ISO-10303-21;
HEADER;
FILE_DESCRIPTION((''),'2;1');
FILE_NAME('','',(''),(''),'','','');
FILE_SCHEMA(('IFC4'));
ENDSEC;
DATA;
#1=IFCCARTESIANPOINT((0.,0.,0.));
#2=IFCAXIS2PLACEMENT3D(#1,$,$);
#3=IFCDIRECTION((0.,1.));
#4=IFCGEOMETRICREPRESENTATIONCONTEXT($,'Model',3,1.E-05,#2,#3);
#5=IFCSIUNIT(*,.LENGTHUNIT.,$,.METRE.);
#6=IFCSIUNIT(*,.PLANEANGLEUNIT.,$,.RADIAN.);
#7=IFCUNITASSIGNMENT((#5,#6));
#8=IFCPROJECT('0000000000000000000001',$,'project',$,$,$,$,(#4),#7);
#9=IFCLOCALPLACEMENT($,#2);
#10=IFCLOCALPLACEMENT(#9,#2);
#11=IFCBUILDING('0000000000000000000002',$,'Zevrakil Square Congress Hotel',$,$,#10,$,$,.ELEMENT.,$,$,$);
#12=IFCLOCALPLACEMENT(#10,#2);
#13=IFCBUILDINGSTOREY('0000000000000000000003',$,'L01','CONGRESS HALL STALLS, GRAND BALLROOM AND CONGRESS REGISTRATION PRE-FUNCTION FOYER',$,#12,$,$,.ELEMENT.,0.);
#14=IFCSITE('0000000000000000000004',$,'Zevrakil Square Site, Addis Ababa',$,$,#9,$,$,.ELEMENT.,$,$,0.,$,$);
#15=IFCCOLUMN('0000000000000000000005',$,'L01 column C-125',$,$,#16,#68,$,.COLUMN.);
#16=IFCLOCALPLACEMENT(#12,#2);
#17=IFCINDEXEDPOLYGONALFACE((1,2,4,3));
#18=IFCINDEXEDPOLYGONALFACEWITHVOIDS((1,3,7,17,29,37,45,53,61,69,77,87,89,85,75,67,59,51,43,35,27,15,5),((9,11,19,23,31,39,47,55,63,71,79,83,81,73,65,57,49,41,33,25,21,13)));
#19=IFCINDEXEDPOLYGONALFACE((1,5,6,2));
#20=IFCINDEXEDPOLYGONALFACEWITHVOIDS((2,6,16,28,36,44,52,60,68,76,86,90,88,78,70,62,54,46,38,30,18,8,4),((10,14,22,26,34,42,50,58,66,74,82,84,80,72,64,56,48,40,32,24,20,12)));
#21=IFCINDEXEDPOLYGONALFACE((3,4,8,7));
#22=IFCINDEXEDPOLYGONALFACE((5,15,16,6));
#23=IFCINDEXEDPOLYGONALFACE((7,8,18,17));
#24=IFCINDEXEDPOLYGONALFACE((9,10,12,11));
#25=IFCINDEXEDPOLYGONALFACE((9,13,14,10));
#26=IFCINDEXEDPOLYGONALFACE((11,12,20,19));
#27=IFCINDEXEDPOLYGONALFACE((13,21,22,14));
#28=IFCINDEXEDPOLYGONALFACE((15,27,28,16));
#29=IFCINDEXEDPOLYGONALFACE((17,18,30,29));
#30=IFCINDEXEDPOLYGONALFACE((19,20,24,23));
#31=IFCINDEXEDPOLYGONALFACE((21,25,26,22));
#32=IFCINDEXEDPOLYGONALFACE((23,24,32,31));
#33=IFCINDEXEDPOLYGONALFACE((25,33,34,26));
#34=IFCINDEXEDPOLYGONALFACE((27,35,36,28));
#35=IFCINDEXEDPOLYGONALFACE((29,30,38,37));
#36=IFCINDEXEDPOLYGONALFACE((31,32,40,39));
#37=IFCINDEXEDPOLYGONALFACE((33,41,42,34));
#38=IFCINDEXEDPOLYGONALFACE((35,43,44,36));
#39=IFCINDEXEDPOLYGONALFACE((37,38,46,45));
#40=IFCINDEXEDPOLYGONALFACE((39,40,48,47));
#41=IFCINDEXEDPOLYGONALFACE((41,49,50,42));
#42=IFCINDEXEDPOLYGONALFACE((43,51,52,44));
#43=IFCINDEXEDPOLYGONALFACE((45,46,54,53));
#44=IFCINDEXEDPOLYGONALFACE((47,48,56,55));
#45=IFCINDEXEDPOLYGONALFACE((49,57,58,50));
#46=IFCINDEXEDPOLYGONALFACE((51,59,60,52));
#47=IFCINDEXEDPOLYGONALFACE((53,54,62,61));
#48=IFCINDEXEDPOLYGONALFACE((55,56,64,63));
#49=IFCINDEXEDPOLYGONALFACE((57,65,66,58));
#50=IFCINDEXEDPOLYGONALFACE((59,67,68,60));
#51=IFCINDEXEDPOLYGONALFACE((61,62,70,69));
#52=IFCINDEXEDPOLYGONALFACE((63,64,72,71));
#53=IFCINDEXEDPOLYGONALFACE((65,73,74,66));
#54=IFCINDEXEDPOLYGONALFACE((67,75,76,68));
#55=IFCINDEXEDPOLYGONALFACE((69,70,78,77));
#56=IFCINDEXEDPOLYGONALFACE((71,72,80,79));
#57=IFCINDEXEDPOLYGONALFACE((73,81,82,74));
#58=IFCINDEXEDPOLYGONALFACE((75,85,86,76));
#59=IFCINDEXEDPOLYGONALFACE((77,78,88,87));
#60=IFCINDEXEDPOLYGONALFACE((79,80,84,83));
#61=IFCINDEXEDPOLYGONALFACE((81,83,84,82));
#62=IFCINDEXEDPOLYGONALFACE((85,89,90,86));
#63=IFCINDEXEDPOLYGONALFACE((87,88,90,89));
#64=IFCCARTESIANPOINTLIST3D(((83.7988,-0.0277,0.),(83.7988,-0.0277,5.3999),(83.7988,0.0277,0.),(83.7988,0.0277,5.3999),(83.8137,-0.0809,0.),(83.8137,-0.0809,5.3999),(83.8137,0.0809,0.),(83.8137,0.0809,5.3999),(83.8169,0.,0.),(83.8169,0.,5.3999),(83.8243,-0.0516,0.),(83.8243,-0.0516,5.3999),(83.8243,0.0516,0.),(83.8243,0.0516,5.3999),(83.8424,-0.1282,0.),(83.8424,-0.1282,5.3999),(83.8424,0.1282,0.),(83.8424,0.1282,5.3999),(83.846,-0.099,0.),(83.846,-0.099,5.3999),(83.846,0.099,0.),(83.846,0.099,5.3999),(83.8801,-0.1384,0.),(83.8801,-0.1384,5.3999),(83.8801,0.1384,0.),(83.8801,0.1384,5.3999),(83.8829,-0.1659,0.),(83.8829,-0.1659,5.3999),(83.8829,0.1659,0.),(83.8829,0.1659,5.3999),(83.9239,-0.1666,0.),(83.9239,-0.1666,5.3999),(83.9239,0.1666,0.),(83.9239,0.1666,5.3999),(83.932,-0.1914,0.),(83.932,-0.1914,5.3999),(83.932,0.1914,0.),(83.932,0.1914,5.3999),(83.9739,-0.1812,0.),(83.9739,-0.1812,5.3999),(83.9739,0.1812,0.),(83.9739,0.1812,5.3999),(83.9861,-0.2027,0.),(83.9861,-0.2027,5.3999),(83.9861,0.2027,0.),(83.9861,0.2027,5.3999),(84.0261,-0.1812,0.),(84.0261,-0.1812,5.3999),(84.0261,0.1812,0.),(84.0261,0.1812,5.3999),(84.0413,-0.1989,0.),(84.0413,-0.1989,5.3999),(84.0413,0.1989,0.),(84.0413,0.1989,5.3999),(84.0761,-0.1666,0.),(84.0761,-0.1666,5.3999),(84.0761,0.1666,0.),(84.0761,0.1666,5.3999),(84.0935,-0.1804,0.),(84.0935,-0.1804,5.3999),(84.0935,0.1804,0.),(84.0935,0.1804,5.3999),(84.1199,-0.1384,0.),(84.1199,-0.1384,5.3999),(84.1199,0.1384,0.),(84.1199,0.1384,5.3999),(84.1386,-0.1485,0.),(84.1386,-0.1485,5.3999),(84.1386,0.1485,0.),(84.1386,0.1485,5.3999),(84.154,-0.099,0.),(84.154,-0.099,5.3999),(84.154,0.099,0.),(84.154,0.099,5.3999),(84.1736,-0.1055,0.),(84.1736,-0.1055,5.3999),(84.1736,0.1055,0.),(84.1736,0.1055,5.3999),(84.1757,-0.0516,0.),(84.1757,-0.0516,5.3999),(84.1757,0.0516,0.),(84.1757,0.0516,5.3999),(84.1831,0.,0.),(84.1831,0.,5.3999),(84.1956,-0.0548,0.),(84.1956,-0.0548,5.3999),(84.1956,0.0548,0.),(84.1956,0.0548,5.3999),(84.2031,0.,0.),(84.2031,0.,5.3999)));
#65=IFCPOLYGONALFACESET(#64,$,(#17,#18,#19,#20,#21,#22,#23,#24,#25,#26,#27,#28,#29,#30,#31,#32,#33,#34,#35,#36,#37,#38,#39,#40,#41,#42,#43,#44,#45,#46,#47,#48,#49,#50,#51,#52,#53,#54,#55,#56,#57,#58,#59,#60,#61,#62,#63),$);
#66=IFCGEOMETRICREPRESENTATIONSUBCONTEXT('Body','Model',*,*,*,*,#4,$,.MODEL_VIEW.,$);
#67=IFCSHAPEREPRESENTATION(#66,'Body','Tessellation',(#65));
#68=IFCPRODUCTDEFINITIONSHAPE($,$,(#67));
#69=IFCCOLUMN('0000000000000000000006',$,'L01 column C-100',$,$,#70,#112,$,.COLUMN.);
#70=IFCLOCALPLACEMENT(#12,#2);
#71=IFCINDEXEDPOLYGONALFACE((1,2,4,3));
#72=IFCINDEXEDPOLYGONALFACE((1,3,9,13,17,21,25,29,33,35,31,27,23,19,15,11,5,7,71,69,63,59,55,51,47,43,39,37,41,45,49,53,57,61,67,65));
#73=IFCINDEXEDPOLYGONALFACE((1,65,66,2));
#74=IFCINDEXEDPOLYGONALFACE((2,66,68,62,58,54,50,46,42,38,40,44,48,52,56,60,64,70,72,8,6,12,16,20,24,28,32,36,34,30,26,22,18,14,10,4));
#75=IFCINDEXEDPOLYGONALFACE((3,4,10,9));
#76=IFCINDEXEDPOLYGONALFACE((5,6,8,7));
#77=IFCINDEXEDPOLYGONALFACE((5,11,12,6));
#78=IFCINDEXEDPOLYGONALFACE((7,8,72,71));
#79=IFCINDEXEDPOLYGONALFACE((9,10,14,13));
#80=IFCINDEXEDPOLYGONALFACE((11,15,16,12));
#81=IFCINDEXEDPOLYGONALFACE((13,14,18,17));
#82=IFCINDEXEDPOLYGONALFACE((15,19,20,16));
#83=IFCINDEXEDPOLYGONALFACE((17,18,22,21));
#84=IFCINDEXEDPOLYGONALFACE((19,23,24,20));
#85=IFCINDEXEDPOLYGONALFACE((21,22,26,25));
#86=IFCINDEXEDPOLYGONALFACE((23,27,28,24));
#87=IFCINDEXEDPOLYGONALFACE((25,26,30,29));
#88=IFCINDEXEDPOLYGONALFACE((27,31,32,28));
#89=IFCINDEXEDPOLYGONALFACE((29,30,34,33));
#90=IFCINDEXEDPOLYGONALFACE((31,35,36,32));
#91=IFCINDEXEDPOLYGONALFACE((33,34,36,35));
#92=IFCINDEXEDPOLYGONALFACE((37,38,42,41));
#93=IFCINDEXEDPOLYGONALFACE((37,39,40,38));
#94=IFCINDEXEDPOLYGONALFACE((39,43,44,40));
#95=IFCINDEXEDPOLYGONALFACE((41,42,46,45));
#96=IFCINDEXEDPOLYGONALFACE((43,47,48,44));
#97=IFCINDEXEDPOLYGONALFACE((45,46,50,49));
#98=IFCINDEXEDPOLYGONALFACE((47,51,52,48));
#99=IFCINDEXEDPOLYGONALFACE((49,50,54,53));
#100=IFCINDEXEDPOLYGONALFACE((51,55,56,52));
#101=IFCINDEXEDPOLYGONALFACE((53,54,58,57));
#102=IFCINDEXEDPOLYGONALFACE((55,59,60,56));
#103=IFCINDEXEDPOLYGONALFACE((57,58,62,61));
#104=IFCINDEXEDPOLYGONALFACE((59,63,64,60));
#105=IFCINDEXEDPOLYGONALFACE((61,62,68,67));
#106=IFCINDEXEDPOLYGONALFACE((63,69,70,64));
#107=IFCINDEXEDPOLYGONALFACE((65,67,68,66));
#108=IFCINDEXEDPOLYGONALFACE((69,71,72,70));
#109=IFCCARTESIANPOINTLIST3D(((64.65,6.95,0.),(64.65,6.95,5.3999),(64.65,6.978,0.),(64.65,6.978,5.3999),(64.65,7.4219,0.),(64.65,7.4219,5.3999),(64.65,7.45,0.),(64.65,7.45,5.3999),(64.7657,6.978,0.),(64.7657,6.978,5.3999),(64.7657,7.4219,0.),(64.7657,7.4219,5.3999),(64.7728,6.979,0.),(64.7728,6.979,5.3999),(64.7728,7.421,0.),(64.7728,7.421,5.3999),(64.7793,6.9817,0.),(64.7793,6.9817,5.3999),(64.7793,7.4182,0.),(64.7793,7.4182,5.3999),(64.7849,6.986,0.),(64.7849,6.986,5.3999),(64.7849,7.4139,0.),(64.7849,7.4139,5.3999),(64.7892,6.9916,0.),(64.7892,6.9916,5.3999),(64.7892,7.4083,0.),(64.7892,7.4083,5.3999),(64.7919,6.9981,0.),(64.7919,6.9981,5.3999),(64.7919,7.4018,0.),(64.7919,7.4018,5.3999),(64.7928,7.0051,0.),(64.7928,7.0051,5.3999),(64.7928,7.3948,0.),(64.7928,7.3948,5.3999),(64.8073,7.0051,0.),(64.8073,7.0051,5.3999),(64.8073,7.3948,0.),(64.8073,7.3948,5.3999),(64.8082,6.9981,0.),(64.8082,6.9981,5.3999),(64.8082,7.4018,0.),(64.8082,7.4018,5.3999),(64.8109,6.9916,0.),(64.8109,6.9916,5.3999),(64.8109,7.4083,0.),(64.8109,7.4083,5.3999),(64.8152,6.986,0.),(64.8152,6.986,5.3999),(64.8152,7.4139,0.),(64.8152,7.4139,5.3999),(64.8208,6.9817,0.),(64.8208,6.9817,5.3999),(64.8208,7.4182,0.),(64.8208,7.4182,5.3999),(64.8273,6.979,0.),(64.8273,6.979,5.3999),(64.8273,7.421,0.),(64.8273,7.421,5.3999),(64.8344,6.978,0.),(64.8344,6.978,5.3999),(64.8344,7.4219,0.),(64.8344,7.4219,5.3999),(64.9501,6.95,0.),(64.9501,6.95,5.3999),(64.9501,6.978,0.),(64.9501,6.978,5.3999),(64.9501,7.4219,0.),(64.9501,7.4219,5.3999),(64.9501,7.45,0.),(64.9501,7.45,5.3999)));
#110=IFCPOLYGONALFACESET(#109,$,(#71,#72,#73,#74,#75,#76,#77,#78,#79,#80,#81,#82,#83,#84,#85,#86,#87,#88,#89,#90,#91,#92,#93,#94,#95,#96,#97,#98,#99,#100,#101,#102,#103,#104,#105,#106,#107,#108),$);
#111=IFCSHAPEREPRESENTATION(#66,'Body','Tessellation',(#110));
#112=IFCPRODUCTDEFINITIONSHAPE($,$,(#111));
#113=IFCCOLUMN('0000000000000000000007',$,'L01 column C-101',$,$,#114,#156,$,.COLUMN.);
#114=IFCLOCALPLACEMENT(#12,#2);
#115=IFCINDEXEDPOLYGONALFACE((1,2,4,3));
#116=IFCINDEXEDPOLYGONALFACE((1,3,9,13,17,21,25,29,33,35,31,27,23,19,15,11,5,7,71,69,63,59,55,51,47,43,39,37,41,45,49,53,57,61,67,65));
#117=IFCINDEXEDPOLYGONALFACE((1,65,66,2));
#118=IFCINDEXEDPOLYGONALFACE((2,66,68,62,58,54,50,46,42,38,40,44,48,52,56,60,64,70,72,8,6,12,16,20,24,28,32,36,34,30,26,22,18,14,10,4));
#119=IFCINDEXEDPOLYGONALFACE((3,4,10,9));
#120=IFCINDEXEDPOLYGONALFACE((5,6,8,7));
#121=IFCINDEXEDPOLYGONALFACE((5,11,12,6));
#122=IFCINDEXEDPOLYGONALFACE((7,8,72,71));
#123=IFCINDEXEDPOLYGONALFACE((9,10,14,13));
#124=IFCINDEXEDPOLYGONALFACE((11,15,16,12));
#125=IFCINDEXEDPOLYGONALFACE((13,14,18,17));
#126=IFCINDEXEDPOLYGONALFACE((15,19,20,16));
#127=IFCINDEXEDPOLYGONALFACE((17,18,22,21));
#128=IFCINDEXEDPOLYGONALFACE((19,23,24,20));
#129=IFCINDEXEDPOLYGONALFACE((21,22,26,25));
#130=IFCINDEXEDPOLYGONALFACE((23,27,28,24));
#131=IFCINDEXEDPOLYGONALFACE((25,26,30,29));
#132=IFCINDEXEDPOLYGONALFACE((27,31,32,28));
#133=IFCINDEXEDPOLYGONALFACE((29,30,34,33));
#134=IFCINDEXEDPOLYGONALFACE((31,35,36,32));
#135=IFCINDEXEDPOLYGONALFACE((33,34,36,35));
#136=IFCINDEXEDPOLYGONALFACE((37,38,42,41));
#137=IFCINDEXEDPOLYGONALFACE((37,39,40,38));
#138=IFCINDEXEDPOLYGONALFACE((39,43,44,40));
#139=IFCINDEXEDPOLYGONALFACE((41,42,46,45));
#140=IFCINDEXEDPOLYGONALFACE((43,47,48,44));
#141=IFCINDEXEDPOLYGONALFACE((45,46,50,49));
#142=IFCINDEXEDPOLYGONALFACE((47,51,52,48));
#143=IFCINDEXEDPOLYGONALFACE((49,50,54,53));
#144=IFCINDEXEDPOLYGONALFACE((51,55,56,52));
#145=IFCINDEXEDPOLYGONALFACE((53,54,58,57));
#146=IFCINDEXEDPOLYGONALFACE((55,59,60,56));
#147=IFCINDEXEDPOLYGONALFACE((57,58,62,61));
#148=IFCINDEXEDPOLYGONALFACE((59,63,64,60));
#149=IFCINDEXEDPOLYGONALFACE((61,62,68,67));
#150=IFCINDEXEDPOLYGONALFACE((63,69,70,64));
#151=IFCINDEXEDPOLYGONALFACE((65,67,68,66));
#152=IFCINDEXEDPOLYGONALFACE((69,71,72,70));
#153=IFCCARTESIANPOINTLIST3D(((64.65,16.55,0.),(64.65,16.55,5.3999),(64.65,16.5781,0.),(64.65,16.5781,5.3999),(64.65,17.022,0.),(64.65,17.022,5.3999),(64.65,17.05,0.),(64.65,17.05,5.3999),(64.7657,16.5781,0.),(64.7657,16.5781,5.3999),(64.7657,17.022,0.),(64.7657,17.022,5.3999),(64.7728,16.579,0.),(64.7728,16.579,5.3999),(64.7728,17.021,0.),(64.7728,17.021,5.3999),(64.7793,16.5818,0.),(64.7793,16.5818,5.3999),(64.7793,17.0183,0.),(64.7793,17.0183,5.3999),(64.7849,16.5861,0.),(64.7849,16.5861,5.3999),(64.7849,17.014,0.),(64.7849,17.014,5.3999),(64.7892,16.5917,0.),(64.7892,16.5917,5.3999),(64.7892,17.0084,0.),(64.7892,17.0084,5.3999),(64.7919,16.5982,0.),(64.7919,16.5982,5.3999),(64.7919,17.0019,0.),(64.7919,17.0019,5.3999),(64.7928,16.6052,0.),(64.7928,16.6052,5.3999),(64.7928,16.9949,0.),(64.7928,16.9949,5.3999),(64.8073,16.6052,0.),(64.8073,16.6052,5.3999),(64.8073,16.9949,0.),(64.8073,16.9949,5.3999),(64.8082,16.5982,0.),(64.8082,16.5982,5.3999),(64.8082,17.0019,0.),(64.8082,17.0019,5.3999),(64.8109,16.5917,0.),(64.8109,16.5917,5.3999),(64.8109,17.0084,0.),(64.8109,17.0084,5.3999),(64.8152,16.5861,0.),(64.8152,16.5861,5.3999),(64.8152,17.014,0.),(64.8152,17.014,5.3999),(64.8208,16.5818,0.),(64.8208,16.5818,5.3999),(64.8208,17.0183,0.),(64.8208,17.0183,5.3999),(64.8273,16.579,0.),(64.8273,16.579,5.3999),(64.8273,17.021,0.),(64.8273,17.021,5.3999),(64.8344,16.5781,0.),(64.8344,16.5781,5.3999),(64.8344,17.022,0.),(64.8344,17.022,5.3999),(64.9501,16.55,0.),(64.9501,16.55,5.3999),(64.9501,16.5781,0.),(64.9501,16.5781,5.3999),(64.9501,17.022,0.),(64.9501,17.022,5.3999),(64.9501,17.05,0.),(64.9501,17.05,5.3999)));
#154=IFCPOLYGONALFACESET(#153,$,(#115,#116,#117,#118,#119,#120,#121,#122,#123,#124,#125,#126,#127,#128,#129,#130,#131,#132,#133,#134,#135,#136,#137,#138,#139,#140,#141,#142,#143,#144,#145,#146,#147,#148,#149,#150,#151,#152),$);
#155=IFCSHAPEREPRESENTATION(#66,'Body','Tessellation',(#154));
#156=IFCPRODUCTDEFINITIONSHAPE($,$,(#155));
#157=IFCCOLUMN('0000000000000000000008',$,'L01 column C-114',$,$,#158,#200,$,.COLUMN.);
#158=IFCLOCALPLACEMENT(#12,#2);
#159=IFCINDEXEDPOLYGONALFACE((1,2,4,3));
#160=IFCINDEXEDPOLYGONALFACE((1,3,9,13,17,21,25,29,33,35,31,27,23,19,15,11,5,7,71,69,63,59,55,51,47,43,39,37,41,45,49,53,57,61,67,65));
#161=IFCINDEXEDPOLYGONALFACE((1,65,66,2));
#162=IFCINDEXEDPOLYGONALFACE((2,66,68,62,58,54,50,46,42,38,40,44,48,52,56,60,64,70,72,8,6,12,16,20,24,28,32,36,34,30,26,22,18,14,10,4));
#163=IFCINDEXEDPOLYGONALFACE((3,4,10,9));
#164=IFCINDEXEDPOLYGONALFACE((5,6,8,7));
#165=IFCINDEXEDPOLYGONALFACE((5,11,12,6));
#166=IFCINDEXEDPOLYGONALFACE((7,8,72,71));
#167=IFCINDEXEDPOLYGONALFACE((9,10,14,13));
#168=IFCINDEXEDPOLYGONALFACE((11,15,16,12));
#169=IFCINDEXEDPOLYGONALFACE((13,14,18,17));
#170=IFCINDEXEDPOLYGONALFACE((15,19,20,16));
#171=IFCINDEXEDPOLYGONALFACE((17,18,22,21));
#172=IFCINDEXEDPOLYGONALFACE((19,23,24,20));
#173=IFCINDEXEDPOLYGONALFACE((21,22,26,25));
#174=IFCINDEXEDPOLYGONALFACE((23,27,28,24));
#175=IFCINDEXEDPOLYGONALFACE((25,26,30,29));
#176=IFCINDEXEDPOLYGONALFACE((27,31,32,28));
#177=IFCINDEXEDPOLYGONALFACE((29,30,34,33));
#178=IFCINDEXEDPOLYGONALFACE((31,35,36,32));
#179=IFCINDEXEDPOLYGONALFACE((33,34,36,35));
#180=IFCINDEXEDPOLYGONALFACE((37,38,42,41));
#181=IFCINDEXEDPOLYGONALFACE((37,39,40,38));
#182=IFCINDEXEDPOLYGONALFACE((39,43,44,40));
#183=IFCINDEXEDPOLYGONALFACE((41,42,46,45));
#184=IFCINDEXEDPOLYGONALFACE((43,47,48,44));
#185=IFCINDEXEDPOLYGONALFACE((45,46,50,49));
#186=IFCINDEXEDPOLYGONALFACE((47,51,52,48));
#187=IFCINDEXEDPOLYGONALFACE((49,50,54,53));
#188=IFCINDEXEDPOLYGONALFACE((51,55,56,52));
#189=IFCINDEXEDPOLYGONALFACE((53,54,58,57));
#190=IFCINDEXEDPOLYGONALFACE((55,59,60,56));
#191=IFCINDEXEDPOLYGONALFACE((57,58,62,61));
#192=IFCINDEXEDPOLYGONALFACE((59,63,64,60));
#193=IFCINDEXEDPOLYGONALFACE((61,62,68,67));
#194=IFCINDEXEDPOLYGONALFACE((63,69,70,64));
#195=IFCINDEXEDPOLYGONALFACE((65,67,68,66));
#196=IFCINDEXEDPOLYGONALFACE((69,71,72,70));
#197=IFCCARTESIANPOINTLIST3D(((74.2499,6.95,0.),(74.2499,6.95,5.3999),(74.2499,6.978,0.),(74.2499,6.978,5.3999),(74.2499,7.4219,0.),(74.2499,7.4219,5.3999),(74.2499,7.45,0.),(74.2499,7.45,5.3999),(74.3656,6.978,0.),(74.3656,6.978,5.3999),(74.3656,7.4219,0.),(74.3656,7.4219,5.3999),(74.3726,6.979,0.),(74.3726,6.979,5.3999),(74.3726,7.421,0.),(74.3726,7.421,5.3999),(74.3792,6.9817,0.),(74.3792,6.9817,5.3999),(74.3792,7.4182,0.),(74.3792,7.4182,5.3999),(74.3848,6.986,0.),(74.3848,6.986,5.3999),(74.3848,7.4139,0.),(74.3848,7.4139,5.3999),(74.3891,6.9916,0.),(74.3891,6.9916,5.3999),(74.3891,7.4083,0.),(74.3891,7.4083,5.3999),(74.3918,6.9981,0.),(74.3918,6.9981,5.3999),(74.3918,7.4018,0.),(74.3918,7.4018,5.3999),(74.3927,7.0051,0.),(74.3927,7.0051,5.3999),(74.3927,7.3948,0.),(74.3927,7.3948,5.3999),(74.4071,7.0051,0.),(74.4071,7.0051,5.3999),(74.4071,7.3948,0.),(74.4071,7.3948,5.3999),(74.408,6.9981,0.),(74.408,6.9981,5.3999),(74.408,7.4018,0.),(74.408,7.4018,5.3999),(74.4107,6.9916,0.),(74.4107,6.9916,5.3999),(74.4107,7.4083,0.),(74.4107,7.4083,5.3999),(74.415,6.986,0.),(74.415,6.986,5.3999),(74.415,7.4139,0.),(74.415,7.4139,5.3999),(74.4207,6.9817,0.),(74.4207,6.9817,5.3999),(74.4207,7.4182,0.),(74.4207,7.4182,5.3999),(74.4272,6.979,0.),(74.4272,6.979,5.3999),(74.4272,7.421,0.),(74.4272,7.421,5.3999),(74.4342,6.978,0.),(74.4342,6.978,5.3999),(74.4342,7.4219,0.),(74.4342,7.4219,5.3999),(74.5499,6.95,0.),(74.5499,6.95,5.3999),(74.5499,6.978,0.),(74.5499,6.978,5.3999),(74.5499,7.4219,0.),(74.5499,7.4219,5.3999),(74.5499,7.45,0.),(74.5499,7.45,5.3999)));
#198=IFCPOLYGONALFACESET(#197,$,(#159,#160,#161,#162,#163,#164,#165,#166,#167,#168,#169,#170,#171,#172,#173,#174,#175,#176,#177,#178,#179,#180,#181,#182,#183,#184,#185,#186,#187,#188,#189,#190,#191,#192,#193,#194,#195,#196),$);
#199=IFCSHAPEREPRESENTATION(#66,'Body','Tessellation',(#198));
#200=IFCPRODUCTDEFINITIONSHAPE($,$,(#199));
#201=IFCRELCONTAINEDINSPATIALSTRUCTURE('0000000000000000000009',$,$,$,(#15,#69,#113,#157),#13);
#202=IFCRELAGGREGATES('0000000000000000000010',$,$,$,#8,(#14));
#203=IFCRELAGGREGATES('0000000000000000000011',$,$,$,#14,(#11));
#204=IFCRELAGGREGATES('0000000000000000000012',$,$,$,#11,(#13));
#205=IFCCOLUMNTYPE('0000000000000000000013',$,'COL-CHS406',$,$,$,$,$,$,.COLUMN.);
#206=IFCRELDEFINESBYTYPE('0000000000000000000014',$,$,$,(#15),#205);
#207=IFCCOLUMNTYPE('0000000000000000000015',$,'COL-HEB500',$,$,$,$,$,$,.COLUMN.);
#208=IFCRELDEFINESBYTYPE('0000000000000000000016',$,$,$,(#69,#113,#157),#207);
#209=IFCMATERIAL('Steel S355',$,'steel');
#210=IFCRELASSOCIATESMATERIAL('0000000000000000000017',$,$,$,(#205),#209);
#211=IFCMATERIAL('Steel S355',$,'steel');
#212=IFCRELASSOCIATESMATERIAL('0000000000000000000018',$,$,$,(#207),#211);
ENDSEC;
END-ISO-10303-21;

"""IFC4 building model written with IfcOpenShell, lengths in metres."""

from ifc_helpers import new_model, si_unit, direction, frame, origin, origin_2d, place, context, subcontext, project, spatial, hollow_circle, i_section, extrude, material, material_profile, profile_set, type_object, element, save


model = new_model("IFC4")

# Units and contexts
model_context = context("Model", 3, precision=1e-05, world=origin(), true_north=direction((0.0, 1.0)))
body_context = subcontext(model_context, "Body", "Model", "MODEL_VIEW")
ifc_project = project(units=[si_unit("LENGTHUNIT", "METRE"), si_unit("PLANEANGLEUNIT", "RADIAN")], contexts=[model_context])

# Site, building, storey
site_placement = place(None, origin())
site = spatial("IfcSite", under=ifc_project, at=site_placement, Name="Zevrakil Square Site, Addis Ababa", CompositionType="ELEMENT", RefElevation=0.0)
building_placement = place(site_placement, origin())
building = spatial("IfcBuilding", under=site, at=building_placement, Name="Zevrakil Square Congress Hotel", CompositionType="ELEMENT")
storey_placement = place(building_placement, origin())
storey = spatial("IfcBuildingStorey", under=building, at=storey_placement, Name="L01", Description="CONGRESS HALL STALLS, GRAND BALLROOM AND CONGRESS REGISTRATION PRE-FUNCTION FOYER", CompositionType="ELEMENT", Elevation=0.0)

# Columns
ifc_material_1 = material(Name="Steel S355", Category="steel")
ifc_material_profile_1 = material_profile(ifc_material_1, hollow_circle(Radius=0.2031, WallThickness=0.02, at=origin_2d()), Name="CHS 406.4x20")
ifc_profile_set_1 = profile_set([ifc_material_profile_1], Name="Steel S355")
column_type_1 = type_object("IfcColumnType", Name="COL-CHS406", PredefinedType="COLUMN", material=ifc_profile_set_1)
column_placement = place(storey_placement, frame((84.0, 0.0, 0.0), z_axis=(0.0, 0.0, 1.0), x_axis=(1.0, 0.0, 0.0)))
element("IfcColumn", 1, at=column_placement, inside=storey, type_object=column_type_1, Name="L01 column C-125", PredefinedType="COLUMN", context=body_context, shape_type="SweptSolid", body=[
    extrude(hollow_circle(Radius=0.2031, WallThickness=0.02, at=origin_2d()), origin(), (0.0, 0.0, 1.0), 5.3999),
])
ifc_material_2 = material(Name="Steel S355", Category="steel")
ifc_material_profile_2 = material_profile(ifc_material_2, i_section(OverallWidth=0.3, OverallDepth=0.5, WebThickness=0.0144, FlangeThickness=0.0281, FilletRadius=0.0271, at=origin_2d()), Name="HEB 500")
ifc_profile_set_2 = profile_set([ifc_material_profile_2], Name="Steel S355")
column_type_2 = type_object("IfcColumnType", Name="COL-HEB500", PredefinedType="COLUMN", material=ifc_profile_set_2)
for number, where, z_axis, x_axis, name in (
    (2, (64.8, 7.2, 0.0), (0.0, 0.0, 1.0), (1.0, 0.0, 0.0), "L01 column C-100"),
    (3, (64.8, 16.8, 0.0), (0.0, 0.0, 1.0), (1.0, 0.0, 0.0), "L01 column C-101"),
    (4, (74.3999, 7.2, 0.0), (0.0, 0.0, 1.0), (1.0, 0.0, 0.0), "L01 column C-114"),
):
    element("IfcColumn", number, at=place(storey_placement, frame(where, z_axis=z_axis, x_axis=x_axis)), inside=storey, type_object=column_type_2, Name=name, PredefinedType="COLUMN", context=body_context, shape_type="SweptSolid", body=[
        extrude(i_section(OverallWidth=0.3, OverallDepth=0.5, WebThickness=0.0144, FlangeThickness=0.0281, FilletRadius=0.0271, at=origin_2d()), origin(), (0.0, 0.0, 1.0), 5.3999),
    ])

save(model, "model.ifc")
